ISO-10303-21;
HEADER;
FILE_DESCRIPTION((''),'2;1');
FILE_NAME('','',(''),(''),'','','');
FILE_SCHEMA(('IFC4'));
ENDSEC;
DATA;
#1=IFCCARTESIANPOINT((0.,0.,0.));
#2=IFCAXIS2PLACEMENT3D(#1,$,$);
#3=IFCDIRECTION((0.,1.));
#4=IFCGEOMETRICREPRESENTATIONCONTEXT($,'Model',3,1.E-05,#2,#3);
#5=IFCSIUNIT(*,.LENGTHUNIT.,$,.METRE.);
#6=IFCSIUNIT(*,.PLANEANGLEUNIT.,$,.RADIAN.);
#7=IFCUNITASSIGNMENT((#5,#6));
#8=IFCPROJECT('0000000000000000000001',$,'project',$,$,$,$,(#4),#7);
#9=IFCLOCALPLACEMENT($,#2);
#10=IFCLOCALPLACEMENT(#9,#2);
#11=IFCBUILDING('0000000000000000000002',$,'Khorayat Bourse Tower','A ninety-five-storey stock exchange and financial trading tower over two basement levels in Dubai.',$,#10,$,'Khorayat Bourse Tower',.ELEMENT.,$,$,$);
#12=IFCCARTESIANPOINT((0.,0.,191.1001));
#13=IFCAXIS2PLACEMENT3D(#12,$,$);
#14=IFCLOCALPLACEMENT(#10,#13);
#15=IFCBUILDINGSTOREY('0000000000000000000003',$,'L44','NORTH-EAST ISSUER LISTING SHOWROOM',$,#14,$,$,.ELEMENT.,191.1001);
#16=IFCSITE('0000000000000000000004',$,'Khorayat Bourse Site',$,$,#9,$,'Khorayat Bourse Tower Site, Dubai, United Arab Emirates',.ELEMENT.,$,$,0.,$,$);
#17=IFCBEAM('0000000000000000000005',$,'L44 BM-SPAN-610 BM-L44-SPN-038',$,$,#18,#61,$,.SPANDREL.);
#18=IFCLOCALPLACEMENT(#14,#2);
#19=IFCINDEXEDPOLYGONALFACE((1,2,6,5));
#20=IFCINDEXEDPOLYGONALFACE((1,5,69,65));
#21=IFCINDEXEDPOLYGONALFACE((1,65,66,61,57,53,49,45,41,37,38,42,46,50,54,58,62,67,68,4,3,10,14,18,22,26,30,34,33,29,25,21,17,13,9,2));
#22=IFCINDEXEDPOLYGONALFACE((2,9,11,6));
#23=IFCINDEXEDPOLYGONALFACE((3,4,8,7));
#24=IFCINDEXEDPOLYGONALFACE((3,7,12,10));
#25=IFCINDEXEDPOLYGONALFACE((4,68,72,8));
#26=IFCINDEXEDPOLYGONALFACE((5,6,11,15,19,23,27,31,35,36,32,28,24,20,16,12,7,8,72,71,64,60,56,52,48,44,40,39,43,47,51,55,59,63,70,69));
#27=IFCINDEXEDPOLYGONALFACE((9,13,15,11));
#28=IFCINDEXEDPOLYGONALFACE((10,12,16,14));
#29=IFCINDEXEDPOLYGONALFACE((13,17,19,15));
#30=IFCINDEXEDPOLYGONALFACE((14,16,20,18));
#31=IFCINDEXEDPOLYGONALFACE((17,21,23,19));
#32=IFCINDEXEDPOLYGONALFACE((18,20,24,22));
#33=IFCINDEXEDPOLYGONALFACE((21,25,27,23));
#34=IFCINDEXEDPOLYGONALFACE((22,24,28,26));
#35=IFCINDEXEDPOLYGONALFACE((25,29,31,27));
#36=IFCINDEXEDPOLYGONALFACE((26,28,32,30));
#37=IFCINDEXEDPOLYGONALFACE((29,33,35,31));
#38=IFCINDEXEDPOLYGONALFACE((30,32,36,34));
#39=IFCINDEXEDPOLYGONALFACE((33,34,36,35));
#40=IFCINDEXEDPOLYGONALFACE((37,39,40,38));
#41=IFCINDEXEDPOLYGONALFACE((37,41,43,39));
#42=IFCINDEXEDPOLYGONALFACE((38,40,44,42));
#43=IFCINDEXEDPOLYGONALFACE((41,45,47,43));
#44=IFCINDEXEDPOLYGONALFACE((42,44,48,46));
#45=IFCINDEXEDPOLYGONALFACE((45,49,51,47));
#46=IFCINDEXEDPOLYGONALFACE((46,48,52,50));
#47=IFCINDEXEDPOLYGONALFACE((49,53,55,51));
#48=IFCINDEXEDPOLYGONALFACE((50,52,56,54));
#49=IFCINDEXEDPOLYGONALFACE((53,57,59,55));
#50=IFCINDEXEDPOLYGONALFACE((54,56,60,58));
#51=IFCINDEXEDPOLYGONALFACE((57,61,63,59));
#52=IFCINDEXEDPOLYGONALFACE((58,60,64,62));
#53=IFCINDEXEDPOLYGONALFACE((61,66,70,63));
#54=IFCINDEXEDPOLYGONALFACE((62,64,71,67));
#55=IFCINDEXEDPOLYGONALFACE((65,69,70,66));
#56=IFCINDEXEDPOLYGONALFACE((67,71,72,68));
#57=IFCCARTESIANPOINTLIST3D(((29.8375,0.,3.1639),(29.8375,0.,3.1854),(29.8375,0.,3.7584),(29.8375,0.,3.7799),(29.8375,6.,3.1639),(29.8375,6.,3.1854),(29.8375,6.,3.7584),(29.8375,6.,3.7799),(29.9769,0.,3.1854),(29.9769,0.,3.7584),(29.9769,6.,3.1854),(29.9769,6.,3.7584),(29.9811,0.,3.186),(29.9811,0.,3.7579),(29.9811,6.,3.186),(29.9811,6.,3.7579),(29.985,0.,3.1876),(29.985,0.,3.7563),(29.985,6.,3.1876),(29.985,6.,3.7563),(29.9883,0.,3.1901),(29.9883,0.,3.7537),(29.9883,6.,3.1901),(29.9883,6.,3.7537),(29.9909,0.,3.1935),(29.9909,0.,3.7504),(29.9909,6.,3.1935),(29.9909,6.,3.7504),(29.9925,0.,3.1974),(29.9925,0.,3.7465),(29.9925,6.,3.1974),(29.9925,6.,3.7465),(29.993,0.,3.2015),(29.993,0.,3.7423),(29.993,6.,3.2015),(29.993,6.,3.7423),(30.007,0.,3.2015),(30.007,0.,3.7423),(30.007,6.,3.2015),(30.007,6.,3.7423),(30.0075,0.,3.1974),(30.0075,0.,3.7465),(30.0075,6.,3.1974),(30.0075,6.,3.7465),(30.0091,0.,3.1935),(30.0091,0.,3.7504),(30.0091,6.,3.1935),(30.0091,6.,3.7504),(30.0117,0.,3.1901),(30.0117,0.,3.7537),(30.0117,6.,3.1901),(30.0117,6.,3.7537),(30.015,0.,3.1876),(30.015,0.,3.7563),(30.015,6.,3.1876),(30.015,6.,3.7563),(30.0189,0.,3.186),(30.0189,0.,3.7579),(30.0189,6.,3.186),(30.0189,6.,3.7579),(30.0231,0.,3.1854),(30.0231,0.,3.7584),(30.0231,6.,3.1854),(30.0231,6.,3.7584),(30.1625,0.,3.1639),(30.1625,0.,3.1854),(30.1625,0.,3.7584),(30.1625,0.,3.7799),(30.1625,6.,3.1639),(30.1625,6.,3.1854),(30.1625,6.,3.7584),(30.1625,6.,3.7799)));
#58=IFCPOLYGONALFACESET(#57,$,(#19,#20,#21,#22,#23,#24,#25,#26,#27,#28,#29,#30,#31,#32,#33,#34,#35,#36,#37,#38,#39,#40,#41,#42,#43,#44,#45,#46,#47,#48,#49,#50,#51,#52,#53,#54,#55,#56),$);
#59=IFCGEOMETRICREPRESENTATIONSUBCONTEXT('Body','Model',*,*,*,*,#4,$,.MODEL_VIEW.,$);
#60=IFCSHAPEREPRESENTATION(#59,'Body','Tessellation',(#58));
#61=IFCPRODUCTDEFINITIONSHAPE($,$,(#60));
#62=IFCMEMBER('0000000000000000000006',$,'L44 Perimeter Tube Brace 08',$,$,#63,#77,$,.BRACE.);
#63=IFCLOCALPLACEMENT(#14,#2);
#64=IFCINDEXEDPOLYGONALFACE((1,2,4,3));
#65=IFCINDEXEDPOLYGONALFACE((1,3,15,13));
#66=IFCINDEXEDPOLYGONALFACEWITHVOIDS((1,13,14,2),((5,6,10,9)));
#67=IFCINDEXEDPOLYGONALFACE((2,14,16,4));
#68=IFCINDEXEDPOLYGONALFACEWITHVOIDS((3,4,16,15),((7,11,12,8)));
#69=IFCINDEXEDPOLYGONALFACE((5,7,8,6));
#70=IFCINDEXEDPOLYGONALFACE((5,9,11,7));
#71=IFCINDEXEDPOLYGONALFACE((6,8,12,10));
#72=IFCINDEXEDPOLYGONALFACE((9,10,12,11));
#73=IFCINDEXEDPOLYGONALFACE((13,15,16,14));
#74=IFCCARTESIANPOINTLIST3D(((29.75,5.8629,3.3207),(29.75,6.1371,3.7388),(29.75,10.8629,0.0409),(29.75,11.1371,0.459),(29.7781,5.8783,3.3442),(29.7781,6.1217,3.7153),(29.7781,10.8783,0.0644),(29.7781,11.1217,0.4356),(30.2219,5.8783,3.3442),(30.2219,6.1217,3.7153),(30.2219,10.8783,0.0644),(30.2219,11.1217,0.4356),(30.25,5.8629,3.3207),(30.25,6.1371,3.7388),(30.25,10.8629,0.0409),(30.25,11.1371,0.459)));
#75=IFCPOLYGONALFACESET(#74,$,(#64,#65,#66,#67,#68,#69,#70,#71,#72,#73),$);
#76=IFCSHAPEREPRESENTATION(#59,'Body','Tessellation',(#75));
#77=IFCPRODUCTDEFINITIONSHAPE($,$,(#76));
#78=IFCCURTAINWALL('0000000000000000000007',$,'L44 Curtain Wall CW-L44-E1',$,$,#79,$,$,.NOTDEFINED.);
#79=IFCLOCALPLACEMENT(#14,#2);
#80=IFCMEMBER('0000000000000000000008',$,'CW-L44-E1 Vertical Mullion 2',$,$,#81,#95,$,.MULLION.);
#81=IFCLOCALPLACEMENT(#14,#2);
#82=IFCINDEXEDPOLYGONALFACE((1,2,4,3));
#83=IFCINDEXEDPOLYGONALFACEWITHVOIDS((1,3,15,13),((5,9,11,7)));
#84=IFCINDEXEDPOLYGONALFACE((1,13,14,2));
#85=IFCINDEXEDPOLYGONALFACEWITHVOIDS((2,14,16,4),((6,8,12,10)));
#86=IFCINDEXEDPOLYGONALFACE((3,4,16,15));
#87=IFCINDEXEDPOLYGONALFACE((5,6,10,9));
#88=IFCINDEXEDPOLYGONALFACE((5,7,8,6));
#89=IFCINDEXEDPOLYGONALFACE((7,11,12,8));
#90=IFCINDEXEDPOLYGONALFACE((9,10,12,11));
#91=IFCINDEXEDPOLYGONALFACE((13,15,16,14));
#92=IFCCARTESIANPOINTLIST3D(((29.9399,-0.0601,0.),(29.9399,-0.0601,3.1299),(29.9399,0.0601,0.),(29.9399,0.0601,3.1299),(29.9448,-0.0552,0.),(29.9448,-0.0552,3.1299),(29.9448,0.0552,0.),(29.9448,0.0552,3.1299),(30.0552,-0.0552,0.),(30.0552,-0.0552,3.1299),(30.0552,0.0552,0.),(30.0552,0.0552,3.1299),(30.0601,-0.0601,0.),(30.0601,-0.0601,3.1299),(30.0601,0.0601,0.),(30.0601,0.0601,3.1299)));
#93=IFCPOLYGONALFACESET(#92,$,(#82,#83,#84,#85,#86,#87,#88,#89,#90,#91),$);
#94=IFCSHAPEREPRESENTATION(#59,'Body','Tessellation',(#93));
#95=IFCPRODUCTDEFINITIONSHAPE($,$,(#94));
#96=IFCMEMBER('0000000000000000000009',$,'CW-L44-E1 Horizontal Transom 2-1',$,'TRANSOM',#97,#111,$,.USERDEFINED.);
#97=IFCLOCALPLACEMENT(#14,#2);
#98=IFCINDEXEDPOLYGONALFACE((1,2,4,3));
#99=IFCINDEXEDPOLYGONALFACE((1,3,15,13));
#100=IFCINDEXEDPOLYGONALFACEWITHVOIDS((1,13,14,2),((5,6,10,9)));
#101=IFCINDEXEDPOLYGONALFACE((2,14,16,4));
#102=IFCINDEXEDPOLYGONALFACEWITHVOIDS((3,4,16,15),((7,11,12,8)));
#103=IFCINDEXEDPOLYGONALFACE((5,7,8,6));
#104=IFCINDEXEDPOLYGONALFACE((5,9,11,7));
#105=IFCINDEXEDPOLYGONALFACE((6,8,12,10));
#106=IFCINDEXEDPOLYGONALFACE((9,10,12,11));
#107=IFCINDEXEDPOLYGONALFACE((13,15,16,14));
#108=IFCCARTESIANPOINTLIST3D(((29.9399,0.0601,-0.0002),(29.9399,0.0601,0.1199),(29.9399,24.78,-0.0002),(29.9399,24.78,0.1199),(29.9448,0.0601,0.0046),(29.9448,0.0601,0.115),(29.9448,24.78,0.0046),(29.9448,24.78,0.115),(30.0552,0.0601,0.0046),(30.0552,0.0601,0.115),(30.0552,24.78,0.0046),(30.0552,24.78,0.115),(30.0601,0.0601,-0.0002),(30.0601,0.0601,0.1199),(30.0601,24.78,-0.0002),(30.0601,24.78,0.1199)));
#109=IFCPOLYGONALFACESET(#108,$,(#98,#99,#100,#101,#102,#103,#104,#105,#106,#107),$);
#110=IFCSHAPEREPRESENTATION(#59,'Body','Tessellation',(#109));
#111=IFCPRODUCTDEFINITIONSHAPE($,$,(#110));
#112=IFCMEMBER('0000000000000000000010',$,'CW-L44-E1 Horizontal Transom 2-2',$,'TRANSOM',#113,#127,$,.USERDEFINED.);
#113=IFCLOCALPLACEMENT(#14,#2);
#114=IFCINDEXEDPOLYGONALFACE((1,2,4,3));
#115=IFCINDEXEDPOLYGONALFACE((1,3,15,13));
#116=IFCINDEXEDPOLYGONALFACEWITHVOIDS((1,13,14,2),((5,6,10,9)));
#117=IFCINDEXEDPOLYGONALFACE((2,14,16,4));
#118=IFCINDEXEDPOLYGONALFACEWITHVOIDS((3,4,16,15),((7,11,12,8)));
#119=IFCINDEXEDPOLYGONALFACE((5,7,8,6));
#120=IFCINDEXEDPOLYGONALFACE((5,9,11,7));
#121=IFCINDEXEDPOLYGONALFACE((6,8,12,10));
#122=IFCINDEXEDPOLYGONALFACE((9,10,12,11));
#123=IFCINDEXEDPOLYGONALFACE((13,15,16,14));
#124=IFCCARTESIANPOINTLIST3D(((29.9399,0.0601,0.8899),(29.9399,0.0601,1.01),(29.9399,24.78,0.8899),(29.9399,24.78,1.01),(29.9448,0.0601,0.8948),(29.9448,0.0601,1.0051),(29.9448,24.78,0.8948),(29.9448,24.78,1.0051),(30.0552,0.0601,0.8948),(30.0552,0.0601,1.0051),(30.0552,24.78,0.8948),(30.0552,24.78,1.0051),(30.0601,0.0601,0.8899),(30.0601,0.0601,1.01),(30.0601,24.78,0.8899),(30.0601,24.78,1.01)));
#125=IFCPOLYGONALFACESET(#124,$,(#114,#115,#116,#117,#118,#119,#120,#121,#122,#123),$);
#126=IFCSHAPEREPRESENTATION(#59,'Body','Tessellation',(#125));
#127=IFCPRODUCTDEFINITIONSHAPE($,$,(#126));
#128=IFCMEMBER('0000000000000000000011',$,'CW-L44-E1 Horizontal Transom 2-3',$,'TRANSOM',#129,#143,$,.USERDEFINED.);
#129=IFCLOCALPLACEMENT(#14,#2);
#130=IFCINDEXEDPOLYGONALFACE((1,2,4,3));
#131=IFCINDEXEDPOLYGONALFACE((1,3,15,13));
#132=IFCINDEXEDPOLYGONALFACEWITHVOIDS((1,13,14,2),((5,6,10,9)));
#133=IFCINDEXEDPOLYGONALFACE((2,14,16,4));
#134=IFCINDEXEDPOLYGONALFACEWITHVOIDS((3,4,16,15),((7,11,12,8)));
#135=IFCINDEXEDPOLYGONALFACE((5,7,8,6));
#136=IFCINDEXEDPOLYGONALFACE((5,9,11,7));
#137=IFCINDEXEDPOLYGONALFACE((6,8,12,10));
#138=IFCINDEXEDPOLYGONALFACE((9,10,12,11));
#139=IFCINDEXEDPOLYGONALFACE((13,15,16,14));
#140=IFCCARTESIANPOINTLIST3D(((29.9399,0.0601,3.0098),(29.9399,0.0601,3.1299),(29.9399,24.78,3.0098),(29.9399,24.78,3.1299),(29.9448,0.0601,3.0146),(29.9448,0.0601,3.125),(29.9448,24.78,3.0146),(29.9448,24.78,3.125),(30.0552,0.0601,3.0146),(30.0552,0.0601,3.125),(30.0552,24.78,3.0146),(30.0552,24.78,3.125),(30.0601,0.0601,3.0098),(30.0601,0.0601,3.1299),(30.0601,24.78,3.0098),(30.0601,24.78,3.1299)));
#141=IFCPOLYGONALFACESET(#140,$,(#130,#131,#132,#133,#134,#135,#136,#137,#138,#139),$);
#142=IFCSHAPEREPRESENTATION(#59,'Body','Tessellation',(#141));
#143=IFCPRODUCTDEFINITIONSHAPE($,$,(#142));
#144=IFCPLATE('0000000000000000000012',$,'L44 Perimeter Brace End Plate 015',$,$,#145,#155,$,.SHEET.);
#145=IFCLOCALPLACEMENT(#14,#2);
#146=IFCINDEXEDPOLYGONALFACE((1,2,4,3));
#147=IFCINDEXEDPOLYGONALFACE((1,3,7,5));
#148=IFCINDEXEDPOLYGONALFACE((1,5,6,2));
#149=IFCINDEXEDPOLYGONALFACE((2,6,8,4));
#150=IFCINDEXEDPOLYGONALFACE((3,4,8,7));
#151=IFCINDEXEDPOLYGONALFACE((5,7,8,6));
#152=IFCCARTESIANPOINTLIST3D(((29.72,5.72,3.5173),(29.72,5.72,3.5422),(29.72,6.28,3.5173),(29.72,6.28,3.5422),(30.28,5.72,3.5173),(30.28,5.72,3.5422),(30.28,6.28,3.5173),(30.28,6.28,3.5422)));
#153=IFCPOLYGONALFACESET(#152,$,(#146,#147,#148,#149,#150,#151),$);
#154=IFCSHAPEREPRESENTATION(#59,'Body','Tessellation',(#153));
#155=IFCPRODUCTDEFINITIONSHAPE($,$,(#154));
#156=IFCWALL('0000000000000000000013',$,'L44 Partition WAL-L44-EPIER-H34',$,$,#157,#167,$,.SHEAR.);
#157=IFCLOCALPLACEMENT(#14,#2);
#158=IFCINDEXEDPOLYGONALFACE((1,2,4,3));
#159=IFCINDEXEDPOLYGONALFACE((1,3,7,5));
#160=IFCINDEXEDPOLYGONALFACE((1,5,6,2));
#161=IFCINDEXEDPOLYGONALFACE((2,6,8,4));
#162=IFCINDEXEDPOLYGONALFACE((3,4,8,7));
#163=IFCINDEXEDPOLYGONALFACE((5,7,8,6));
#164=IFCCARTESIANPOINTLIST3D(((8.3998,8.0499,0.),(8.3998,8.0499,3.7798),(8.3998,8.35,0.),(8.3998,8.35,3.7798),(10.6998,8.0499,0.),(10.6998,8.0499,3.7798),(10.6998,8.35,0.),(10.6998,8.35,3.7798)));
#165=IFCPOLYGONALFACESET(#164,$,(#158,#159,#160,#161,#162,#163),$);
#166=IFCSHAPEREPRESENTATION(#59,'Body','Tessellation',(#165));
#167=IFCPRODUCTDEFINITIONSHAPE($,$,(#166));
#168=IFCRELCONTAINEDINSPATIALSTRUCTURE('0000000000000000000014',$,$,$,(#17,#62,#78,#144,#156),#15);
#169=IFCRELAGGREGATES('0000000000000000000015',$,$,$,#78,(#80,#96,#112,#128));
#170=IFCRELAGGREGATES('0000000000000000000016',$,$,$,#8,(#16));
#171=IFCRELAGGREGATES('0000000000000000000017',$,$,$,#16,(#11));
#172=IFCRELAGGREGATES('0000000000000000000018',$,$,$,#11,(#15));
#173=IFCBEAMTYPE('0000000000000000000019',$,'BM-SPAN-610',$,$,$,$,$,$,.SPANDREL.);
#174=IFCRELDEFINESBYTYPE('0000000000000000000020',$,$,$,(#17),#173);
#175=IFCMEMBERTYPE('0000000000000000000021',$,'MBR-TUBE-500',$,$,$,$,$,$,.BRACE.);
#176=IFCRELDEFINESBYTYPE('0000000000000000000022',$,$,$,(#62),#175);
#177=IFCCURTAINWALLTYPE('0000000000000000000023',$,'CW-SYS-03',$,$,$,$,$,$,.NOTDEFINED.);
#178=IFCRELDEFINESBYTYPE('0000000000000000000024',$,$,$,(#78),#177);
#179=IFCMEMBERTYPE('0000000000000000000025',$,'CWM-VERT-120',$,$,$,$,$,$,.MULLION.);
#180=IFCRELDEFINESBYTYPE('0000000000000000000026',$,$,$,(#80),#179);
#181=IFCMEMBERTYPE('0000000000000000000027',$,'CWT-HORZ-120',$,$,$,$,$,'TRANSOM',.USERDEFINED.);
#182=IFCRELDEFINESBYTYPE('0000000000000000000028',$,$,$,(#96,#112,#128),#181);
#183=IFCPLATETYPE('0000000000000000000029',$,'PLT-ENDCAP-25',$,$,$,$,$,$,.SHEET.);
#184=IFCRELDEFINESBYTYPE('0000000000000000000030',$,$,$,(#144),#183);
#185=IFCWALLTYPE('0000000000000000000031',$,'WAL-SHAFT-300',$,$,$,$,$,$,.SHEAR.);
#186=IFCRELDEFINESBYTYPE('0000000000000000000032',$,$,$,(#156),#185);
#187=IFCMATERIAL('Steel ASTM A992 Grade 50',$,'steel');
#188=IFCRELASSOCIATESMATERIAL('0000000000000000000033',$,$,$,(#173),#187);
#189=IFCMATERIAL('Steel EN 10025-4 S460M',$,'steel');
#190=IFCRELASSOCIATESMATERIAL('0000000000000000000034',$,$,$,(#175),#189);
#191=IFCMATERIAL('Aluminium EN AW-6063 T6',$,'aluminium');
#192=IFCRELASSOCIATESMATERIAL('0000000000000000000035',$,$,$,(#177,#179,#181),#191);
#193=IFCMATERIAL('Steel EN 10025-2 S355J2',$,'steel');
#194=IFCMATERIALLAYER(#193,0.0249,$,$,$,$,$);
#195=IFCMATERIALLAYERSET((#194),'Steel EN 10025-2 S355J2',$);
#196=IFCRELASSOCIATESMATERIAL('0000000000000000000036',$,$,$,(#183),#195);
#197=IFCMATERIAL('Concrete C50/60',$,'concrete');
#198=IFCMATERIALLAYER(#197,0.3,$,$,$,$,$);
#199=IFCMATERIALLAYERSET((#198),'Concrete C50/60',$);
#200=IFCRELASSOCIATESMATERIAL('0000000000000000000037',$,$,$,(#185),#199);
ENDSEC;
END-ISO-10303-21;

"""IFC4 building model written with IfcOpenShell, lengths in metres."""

from ifc_helpers import new_model, si_unit, direction, frame, frame_2d, origin, origin_2d, place, context, subcontext, project, spatial, rectangle, hollow_rectangle, i_section, extrude, source, transform, mapped, material, layer, layer_set, material_profile, profile_set, type_object, element, aggregate, save


model = new_model("IFC4")

# Units and contexts
model_context = context("Model", 3, precision=1e-05, world=origin(), true_north=direction((0.0, 1.0)))
body_context = subcontext(model_context, "Body", "Model", "MODEL_VIEW")
ifc_project = project(units=[si_unit("LENGTHUNIT", "METRE"), si_unit("PLANEANGLEUNIT", "RADIAN")], contexts=[model_context])

# Site, building, storey
site_placement = place(None, origin())
site = spatial("IfcSite", under=ifc_project, at=site_placement, Name="Khorayat Bourse Site", LongName="Khorayat Bourse Tower Site, Dubai, United Arab Emirates", CompositionType="ELEMENT", RefElevation=0.0)
building_placement = place(site_placement, origin())
building = spatial("IfcBuilding", under=site, at=building_placement, Name="Khorayat Bourse Tower", Description="A ninety-five-storey stock exchange and financial trading tower over two basement levels in Dubai.", LongName="Khorayat Bourse Tower", CompositionType="ELEMENT")
storey_placement = place(building_placement, frame((0.0, 0.0, 191.1001)))
storey = spatial("IfcBuildingStorey", under=building, at=storey_placement, Name="L44", Description="NORTH-EAST ISSUER LISTING SHOWROOM", CompositionType="ELEMENT", Elevation=191.1001)

# Shared definitions
ifc_material_1 = material(Name="Steel EN 10025-4 S460M", Category="steel")

# Beam
ifc_material_2 = material(Name="Steel ASTM A992 Grade 50", Category="steel")
ifc_material_profile_1 = material_profile(ifc_material_2, i_section(OverallWidth=0.325, OverallDepth=0.616, WebThickness=0.0139, FlangeThickness=0.0215, FilletRadius=0.0161, at=origin_2d()), Name="W610X174")
ifc_profile_set_1 = profile_set([ifc_material_profile_1], Name="Steel ASTM A992 Grade 50")
beam_type_1 = type_object("IfcBeamType", Name="BM-SPAN-610", PredefinedType="SPANDREL", material=ifc_profile_set_1)
shared_shape_1 = source(origin(), body_context, "Body", "SweptSolid", [
    extrude(i_section(OverallWidth=0.325, OverallDepth=0.616, WebThickness=0.0139, FlangeThickness=0.0215, FilletRadius=0.0161, at=origin_2d()), origin(), (0.0, 0.0, 1.0), 6.0),
])
beam_1_placement = place(storey_placement, frame((30.0, 0.0, 3.4719), z_axis=(0.0, 1.0, 0.0), x_axis=(-1.0, 0.0, 0.0)))
element("IfcBeam", 1, at=beam_1_placement, inside=storey, type_object=beam_type_1, Name="L44 BM-SPAN-610 BM-L44-SPN-038", PredefinedType="SPANDREL", context=body_context, shape_type="MappedRepresentation", body=[
    mapped(shared_shape_1, transform((0.0, 0.0, 0.0), scale=1.0)),
])

# Member
ifc_material_profile_2 = material_profile(ifc_material_1, hollow_rectangle(XDim=0.5, YDim=0.5, WallThickness=0.0281, at=origin_2d()), Name="HSS 500x500x28")
ifc_profile_set_2 = profile_set([ifc_material_profile_2], Name="Steel EN 10025-4 S460M")
member_type_1 = type_object("IfcMemberType", Name="MBR-TUBE-500", PredefinedType="BRACE", material=ifc_profile_set_2)
shared_shape_2 = source(origin(), body_context, "Body", "SweptSolid", [
    extrude(hollow_rectangle(XDim=0.5, YDim=0.5, WallThickness=0.0281, at=origin_2d()), origin(), (0.0, 0.0, 1.0), 5.9797),
])
member_1_placement = place(storey_placement, frame((30.0, 6.0, 3.5298), z_axis=(0.0, 0.83616, -0.548485), x_axis=(-1.0, 0.0, 0.0)))
element("IfcMember", 2, at=member_1_placement, inside=storey, type_object=member_type_1, Name="L44 Perimeter Tube Brace 08", PredefinedType="BRACE", context=body_context, shape_type="MappedRepresentation", body=[
    mapped(shared_shape_2, transform((0.0, 0.0, 0.0), scale=1.0)),
])

# Curtain wall, members
ifc_material_3 = material(Name="Aluminium EN AW-6063 T6", Category="aluminium")
curtain_wall_type = type_object("IfcCurtainWallType", Name="CW-SYS-03", PredefinedType="NOTDEFINED", material=ifc_material_3)
curtain_wall_placement = place(storey_placement, origin())
curtain_wall = element("IfcCurtainWall", 3, at=curtain_wall_placement, inside=storey, type_object=curtain_wall_type, Name="L44 Curtain Wall CW-L44-E1", PredefinedType="NOTDEFINED")
ifc_material_profile_3 = material_profile(ifc_material_3, hollow_rectangle(XDim=0.1201, YDim=0.1201, WallThickness=0.0049, at=origin_2d()), Name="ALU 120x120x5")
ifc_profile_set_3 = profile_set([ifc_material_profile_3], Name="Aluminium EN AW-6063 T6")
member_type_2 = type_object("IfcMemberType", Name="CWM-VERT-120", PredefinedType="MULLION", material=ifc_profile_set_3)
shared_shape_3 = source(origin(), body_context, "Body", "SweptSolid", [
    extrude(hollow_rectangle(XDim=0.1201, YDim=0.1201, WallThickness=0.0049, at=origin_2d()), origin(), (0.0, 0.0, 1.0), 3.1299),
])
member_2_placement = place(storey_placement, frame((30.0, 0.0, 0.0), z_axis=(0.0, 0.0, 1.0), x_axis=(-1.0, 0.0, 0.0)))
member_2 = element("IfcMember", 4, at=member_2_placement, type_object=member_type_2, Name="CW-L44-E1 Vertical Mullion 2", PredefinedType="MULLION", context=body_context, shape_type="MappedRepresentation", body=[
    mapped(shared_shape_3, transform((0.0, 0.0, 0.0), scale=1.0)),
])
ifc_material_profile_4 = material_profile(ifc_material_3, hollow_rectangle(XDim=0.1201, YDim=0.1201, WallThickness=0.0049, at=origin_2d()), Name="ALU 120x120x5")
ifc_profile_set_4 = profile_set([ifc_material_profile_4], Name="Aluminium EN AW-6063 T6")
member_type_3 = type_object("IfcMemberType", Name="CWT-HORZ-120", ElementType="TRANSOM", PredefinedType="USERDEFINED", material=ifc_profile_set_4)
shared_shape_4 = source(origin(), body_context, "Body", "SweptSolid", [
    extrude(hollow_rectangle(XDim=0.1201, YDim=0.1201, WallThickness=0.0049, at=origin_2d()), origin(), (0.0, 0.0, 1.0), 24.72),
])
member_3_placement = place(storey_placement, frame((30.0, 0.0601, 0.0598), z_axis=(0.0, 1.0, 0.0), x_axis=(-1.0, 0.0, 0.0)))
member_3 = element("IfcMember", 5, at=member_3_placement, type_object=member_type_3, Name="CW-L44-E1 Horizontal Transom 2-1", ObjectType="TRANSOM", PredefinedType="USERDEFINED", context=body_context, shape_type="MappedRepresentation", body=[
    mapped(shared_shape_4, transform((0.0, 0.0, 0.0), scale=1.0)),
])
member_4_placement = place(storey_placement, frame((30.0, 0.0601, 0.95), z_axis=(0.0, 1.0, 0.0), x_axis=(-1.0, 0.0, 0.0)))
member_4 = element("IfcMember", 6, at=member_4_placement, type_object=member_type_3, Name="CW-L44-E1 Horizontal Transom 2-2", ObjectType="TRANSOM", PredefinedType="USERDEFINED", context=body_context, shape_type="MappedRepresentation", body=[
    mapped(shared_shape_4, transform((0.0, 0.0, 0.0), scale=1.0)),
])
member_5_placement = place(storey_placement, frame((30.0, 0.0601, 3.0698), z_axis=(0.0, 1.0, 0.0), x_axis=(-1.0, 0.0, 0.0)))
member_5 = element("IfcMember", 7, at=member_5_placement, type_object=member_type_3, Name="CW-L44-E1 Horizontal Transom 2-3", ObjectType="TRANSOM", PredefinedType="USERDEFINED", context=body_context, shape_type="MappedRepresentation", body=[
    mapped(shared_shape_4, transform((0.0, 0.0, 0.0), scale=1.0)),
])
aggregate(curtain_wall, [member_2, member_3, member_4, member_5])

# Plate
ifc_material_4 = material(Name="Steel EN 10025-2 S355J2", Category="steel")
ifc_layer_1 = layer(ifc_material_4, 0.0249)
ifc_layer_set_1 = layer_set([ifc_layer_1], Name="Steel EN 10025-2 S355J2")
plate_type = type_object("IfcPlateType", Name="PLT-ENDCAP-25", PredefinedType="SHEET", material=ifc_layer_set_1)
shared_shape_5 = source(origin(), body_context, "Body", "SweptSolid", [
    extrude(rectangle(XDim=0.5601, YDim=0.5601, at=origin_2d()), origin(), (0.0, 0.0, 1.0), 0.0249),
])
plate_placement = place(storey_placement, frame((30.0, 6.0, 3.5173), z_axis=(0.0, 0.0, 1.0), x_axis=(1.0, 0.0, 0.0)))
element("IfcPlate", 8, at=plate_placement, inside=storey, type_object=plate_type, Name="L44 Perimeter Brace End Plate 015", PredefinedType="SHEET", context=body_context, shape_type="MappedRepresentation", body=[
    mapped(shared_shape_5, transform((0.0, 0.0, 0.0), scale=1.0)),
])

# Wall
ifc_material_5 = material(Name="Concrete C50/60", Category="concrete")
ifc_layer_2 = layer(ifc_material_5, 0.3)
ifc_layer_set_2 = layer_set([ifc_layer_2], Name="Concrete C50/60")
wall_type_1 = type_object("IfcWallType", Name="WAL-SHAFT-300", PredefinedType="SHEAR", material=ifc_layer_set_2)
shared_shape_6 = source(origin(), body_context, "Body", "SweptSolid", [
    extrude(rectangle(XDim=2.3, YDim=0.3, at=frame_2d((1.1499, 0.0))), origin(), (0.0, 0.0, 1.0), 3.7798),
])
wall_1_placement = place(storey_placement, frame((8.3999, 8.2, 0.0), z_axis=(0.0, 0.0, 1.0), x_axis=(1.0, 0.0, 0.0)))
element("IfcWall", 9, at=wall_1_placement, inside=storey, type_object=wall_type_1, Name="L44 Partition WAL-L44-EPIER-H34", PredefinedType="SHEAR", context=body_context, shape_type="MappedRepresentation", body=[
    mapped(shared_shape_6, transform((0.0, 0.0, 0.0), scale=1.0)),
])

save(model, "model.ifc")
